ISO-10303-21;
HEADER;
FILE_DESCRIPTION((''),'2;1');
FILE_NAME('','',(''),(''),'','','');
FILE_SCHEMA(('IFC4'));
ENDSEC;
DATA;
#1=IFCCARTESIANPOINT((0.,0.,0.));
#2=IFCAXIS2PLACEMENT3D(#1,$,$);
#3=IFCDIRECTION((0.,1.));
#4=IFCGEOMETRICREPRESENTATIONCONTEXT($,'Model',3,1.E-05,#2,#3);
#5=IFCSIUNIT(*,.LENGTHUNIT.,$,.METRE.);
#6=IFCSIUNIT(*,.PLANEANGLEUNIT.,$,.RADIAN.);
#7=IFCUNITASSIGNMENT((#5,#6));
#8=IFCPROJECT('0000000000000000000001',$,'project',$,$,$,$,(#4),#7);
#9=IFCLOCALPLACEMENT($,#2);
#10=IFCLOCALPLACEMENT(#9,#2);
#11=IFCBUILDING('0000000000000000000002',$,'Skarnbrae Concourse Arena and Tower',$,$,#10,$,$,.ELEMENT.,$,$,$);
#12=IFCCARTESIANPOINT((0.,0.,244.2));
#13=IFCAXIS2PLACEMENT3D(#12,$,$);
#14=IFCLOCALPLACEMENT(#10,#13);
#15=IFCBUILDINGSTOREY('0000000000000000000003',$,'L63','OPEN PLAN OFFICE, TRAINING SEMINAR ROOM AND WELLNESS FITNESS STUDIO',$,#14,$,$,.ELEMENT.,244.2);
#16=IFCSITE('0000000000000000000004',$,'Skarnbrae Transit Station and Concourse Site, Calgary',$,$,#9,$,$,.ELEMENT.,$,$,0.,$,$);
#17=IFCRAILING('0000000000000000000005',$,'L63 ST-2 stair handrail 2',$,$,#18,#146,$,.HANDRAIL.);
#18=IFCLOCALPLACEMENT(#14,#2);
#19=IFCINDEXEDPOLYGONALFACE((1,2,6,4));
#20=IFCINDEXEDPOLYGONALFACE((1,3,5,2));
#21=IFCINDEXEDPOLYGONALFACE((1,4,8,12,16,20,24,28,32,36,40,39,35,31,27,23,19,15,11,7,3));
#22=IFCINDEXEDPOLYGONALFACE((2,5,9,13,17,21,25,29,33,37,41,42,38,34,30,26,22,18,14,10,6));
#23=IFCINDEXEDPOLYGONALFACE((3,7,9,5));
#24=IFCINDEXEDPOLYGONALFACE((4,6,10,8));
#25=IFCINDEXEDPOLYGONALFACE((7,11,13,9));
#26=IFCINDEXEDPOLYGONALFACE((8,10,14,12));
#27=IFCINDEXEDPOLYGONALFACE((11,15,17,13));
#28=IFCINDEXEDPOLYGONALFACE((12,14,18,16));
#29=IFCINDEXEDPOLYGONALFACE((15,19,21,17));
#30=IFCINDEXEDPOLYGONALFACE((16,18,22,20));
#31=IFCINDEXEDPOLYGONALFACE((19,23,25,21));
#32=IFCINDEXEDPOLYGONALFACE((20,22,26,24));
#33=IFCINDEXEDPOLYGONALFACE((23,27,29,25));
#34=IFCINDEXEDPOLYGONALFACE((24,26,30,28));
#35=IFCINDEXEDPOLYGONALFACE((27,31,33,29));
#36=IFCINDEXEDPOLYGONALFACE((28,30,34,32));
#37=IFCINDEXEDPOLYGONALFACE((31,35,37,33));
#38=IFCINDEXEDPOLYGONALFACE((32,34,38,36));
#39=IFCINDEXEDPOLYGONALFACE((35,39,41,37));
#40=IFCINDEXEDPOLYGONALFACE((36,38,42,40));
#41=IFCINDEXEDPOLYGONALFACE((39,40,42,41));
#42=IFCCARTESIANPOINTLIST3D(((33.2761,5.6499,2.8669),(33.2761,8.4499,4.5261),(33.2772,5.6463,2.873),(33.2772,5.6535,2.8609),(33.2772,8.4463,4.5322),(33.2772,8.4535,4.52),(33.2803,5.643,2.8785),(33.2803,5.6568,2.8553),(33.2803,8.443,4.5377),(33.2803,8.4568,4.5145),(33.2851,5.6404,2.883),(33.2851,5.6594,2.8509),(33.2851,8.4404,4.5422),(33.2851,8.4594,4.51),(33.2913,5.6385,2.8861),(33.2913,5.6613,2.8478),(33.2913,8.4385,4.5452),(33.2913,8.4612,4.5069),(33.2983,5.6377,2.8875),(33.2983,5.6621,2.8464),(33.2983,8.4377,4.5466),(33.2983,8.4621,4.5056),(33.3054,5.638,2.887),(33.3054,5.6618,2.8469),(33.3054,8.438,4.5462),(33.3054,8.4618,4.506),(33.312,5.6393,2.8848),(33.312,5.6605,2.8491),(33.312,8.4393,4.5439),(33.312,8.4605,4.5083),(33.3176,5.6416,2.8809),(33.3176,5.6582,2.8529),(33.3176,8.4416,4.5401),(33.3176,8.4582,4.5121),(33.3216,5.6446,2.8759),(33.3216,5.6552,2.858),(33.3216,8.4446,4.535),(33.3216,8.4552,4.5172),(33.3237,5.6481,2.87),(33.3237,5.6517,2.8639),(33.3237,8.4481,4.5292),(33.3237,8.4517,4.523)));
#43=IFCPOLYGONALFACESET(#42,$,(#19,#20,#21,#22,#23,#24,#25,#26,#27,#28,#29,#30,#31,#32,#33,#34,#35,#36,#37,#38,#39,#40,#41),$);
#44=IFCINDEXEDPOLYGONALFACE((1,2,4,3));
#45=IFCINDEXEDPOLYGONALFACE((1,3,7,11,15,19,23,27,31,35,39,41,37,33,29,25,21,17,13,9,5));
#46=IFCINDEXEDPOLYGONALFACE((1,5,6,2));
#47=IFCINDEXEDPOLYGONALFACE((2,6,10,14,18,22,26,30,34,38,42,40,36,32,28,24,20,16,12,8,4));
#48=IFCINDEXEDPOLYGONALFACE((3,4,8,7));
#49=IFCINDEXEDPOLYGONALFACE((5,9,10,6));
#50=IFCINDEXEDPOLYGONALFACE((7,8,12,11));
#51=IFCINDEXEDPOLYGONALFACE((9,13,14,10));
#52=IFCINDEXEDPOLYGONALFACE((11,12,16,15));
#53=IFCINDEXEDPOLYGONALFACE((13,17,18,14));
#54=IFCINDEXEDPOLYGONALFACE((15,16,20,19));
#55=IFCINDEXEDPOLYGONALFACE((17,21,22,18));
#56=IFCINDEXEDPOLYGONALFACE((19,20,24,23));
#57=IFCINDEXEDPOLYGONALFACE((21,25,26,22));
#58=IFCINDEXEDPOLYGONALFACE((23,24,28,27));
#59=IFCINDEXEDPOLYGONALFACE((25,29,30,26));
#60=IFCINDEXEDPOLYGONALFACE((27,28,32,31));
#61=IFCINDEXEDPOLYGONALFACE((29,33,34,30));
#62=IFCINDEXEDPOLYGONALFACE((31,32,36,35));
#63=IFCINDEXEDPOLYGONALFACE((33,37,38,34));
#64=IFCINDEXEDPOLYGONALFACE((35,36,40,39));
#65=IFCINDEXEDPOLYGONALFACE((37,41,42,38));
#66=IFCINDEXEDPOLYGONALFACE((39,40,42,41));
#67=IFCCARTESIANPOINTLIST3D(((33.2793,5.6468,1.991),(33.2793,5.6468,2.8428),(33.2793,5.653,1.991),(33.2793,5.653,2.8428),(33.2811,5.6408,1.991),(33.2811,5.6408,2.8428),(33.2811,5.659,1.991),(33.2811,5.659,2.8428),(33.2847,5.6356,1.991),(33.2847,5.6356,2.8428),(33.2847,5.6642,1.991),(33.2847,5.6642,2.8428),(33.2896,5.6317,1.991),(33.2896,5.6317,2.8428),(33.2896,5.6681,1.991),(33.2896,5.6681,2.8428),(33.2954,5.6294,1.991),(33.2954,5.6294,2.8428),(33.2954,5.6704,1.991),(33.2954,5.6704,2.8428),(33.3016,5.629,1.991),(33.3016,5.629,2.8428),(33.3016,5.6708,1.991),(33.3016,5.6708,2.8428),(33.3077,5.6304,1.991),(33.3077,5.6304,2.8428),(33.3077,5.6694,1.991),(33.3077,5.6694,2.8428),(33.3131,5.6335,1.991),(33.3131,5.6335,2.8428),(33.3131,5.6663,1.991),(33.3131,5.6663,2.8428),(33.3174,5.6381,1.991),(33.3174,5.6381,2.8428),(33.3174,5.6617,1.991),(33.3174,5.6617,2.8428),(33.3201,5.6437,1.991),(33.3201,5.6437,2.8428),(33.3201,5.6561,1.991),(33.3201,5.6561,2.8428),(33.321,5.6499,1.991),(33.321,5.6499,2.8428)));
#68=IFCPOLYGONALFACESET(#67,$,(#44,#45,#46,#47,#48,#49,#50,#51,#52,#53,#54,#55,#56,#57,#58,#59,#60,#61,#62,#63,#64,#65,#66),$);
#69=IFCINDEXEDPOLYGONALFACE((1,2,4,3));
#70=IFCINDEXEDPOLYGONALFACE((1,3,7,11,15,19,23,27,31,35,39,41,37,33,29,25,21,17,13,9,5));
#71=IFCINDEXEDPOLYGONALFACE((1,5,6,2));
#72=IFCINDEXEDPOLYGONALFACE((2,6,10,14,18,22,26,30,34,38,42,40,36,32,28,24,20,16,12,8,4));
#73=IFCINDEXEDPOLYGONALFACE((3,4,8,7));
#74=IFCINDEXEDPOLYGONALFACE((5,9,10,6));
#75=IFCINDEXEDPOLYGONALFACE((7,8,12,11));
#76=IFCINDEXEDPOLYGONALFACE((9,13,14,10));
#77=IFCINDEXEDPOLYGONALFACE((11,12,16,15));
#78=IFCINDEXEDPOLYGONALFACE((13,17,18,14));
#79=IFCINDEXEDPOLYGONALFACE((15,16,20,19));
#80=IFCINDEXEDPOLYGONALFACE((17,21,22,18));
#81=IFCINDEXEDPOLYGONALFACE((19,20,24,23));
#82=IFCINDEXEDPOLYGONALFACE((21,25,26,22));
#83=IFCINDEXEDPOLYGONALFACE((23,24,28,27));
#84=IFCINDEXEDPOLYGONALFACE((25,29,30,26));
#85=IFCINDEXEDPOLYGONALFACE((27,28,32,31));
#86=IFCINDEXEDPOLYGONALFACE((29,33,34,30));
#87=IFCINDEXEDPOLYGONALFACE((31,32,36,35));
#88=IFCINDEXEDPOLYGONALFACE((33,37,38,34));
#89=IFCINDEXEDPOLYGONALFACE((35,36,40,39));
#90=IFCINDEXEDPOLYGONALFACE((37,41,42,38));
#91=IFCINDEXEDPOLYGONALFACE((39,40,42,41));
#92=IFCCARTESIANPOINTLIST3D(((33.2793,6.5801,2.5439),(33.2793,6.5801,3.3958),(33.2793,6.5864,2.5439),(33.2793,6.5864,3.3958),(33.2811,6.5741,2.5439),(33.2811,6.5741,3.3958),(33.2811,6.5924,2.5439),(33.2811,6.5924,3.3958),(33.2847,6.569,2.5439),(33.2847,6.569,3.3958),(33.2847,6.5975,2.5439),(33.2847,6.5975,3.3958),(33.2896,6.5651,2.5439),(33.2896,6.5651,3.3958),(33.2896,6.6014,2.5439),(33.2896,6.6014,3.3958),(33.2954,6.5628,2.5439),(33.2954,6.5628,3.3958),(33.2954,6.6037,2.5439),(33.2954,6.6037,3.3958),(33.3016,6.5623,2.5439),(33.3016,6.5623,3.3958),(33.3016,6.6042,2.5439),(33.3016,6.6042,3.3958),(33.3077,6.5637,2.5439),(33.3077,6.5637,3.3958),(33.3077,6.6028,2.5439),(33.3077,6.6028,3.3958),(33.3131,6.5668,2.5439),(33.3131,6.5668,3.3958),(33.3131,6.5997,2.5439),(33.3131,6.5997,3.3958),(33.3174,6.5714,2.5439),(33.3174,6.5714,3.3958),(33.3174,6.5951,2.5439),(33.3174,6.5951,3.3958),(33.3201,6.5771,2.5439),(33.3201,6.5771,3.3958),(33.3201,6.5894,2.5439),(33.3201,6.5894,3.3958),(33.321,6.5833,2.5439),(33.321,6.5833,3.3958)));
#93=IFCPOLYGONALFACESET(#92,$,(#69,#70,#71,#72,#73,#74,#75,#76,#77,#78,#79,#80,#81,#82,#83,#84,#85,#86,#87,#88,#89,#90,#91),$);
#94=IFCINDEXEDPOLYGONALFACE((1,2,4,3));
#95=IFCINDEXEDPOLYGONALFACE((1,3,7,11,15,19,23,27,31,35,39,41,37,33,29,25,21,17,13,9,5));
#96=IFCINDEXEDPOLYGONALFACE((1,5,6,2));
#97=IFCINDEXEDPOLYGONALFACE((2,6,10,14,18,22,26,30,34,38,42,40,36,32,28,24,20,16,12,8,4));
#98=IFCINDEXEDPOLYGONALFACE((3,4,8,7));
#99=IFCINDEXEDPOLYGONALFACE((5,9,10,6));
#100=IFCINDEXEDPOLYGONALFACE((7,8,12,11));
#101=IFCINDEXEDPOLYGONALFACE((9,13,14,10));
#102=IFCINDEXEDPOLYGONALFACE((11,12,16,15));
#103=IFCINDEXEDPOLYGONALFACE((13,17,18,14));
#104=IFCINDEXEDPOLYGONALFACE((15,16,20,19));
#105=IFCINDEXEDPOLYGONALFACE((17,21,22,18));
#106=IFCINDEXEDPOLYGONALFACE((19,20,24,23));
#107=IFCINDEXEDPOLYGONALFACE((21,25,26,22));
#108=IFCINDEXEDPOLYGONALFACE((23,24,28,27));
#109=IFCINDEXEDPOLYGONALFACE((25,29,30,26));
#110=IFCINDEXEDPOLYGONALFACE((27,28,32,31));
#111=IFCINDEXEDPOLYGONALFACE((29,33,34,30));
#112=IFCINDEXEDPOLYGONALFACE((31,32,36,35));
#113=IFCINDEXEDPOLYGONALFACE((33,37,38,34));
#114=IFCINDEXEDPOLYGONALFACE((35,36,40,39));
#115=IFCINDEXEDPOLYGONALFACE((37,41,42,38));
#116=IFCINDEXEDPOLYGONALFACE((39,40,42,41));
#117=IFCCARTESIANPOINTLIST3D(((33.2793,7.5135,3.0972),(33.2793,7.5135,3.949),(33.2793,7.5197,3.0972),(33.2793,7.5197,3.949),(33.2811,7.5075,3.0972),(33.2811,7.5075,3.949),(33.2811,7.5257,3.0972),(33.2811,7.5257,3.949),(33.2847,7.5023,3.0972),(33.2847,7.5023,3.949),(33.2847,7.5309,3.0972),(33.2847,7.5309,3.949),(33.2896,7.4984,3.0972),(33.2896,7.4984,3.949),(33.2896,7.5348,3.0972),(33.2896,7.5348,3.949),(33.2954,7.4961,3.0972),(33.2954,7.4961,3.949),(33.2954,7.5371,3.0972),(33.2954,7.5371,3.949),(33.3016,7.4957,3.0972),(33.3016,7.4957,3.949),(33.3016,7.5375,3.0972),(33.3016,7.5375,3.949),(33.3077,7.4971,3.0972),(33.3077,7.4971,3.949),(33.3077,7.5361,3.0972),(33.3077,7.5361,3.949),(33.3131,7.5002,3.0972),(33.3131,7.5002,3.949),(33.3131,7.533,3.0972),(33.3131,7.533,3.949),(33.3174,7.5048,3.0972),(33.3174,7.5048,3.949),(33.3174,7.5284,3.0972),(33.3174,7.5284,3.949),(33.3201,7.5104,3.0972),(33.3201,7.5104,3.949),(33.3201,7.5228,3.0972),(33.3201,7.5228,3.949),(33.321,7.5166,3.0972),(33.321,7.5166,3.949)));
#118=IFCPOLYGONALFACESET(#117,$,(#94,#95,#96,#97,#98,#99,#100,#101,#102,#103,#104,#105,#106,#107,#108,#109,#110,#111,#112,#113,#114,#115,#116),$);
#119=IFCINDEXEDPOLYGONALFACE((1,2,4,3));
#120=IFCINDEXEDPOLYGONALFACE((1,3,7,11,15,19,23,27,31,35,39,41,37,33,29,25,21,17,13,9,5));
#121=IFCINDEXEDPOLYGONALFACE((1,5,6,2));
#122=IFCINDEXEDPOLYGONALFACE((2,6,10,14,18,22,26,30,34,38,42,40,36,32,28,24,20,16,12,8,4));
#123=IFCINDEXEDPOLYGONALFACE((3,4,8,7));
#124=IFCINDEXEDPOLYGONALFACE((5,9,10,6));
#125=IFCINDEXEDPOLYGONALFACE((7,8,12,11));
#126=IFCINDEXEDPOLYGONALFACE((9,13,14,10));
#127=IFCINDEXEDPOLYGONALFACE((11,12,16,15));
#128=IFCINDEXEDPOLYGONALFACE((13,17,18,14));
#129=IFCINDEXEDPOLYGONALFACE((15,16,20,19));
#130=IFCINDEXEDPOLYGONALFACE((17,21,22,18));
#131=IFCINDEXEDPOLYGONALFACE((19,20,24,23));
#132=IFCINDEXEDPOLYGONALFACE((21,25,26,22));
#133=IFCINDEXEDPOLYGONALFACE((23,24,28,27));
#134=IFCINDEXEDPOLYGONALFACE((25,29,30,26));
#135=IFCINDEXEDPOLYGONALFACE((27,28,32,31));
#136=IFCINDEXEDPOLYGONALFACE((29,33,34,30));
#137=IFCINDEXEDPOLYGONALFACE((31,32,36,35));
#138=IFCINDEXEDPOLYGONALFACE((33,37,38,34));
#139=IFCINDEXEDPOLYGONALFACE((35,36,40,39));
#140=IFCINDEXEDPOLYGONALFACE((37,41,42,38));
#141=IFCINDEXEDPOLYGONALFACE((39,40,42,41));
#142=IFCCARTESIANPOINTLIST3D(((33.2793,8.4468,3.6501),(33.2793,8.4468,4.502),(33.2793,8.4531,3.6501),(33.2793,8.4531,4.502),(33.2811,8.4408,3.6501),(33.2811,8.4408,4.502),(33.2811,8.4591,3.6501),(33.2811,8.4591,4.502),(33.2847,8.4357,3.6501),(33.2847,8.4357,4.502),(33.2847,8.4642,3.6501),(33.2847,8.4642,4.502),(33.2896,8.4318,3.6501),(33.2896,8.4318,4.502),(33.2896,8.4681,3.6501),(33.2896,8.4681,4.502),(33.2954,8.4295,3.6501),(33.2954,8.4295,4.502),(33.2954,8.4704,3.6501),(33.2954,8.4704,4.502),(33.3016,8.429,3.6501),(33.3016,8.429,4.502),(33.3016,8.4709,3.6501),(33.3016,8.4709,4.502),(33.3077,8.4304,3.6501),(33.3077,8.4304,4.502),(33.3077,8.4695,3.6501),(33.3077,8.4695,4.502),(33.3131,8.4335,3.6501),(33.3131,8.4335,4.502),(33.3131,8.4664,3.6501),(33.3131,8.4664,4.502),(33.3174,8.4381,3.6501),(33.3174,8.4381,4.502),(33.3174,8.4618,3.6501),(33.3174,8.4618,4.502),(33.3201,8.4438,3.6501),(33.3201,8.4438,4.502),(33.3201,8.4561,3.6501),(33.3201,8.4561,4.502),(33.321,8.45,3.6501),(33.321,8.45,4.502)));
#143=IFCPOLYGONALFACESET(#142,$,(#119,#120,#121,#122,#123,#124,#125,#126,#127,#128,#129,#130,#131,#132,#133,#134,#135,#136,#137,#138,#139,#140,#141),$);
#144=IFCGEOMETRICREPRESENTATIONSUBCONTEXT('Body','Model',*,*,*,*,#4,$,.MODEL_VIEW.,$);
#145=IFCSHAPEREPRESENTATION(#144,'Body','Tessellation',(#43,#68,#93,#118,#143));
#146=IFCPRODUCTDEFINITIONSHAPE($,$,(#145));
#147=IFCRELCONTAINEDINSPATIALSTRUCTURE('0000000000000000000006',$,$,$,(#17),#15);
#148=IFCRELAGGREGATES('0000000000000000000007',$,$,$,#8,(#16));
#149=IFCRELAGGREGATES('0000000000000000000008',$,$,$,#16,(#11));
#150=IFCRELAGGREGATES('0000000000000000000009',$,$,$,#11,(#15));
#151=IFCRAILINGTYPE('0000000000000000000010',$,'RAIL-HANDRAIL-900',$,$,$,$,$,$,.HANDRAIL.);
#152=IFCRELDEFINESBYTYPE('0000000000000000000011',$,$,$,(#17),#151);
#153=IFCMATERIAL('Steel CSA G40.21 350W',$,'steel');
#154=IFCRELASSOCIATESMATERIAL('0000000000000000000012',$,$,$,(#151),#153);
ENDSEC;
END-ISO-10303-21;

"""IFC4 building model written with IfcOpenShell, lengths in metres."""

from ifc_helpers import new_model, si_unit, direction, frame, origin, origin_2d, place, context, subcontext, project, spatial, circle, extrude, material, type_object, element, save


model = new_model("IFC4")

# Units and contexts
model_context = context("Model", 3, precision=1e-05, world=origin(), true_north=direction((0.0, 1.0)))
body_context = subcontext(model_context, "Body", "Model", "MODEL_VIEW")
ifc_project = project(units=[si_unit("LENGTHUNIT", "METRE"), si_unit("PLANEANGLEUNIT", "RADIAN")], contexts=[model_context])

# Site, building, storey
site_placement = place(None, origin())
site = spatial("IfcSite", under=ifc_project, at=site_placement, Name="Skarnbrae Transit Station and Concourse Site, Calgary", CompositionType="ELEMENT", RefElevation=0.0)
building_placement = place(site_placement, origin())
building = spatial("IfcBuilding", under=site, at=building_placement, Name="Skarnbrae Concourse Arena and Tower", CompositionType="ELEMENT")
storey_placement = place(building_placement, frame((0.0, 0.0, 244.2)))
storey = spatial("IfcBuildingStorey", under=building, at=storey_placement, Name="L63", Description="OPEN PLAN OFFICE, TRAINING SEMINAR ROOM AND WELLNESS FITNESS STUDIO", CompositionType="ELEMENT", Elevation=244.2)

# Shared definitions
ifc_material_1 = material(Name="Steel CSA G40.21 350W", Category="steel")

# Railing
railing_type_1 = type_object("IfcRailingType", Name="RAIL-HANDRAIL-900", PredefinedType="HANDRAIL", material=ifc_material_1)
railing_1_placement = place(storey_placement, frame((33.3, 5.6499, 1.991)))
element("IfcRailing", 1, at=railing_1_placement, inside=storey, type_object=railing_type_1, Name="L63 ST-2 stair handrail 2", PredefinedType="HANDRAIL", context=body_context, shape_type="SweptSolid", body=[
    extrude(circle(Radius=0.0239, at=origin_2d()), frame((0.0, 0.0, 0.876), z_axis=(0.0, 0.860306, 0.509778), x_axis=(-1.0, 0.0, 0.0)), (0.0, 0.0, 1.0), 3.2546),
    extrude(circle(Radius=0.021, at=origin_2d()), origin(), (0.0, 0.0, 1.0), 0.8518),
    extrude(circle(Radius=0.021, at=origin_2d()), frame((0.0, 0.9333, 0.553)), (0.0, 0.0, 1.0), 0.8518),
    extrude(circle(Radius=0.021, at=origin_2d()), frame((0.0, 1.8667, 1.1062)), (0.0, 0.0, 1.0), 0.8518),
    extrude(circle(Radius=0.021, at=origin_2d()), frame((0.0, 2.8, 1.6592)), (0.0, 0.0, 1.0), 0.8518),
])

save(model, "model.ifc")
